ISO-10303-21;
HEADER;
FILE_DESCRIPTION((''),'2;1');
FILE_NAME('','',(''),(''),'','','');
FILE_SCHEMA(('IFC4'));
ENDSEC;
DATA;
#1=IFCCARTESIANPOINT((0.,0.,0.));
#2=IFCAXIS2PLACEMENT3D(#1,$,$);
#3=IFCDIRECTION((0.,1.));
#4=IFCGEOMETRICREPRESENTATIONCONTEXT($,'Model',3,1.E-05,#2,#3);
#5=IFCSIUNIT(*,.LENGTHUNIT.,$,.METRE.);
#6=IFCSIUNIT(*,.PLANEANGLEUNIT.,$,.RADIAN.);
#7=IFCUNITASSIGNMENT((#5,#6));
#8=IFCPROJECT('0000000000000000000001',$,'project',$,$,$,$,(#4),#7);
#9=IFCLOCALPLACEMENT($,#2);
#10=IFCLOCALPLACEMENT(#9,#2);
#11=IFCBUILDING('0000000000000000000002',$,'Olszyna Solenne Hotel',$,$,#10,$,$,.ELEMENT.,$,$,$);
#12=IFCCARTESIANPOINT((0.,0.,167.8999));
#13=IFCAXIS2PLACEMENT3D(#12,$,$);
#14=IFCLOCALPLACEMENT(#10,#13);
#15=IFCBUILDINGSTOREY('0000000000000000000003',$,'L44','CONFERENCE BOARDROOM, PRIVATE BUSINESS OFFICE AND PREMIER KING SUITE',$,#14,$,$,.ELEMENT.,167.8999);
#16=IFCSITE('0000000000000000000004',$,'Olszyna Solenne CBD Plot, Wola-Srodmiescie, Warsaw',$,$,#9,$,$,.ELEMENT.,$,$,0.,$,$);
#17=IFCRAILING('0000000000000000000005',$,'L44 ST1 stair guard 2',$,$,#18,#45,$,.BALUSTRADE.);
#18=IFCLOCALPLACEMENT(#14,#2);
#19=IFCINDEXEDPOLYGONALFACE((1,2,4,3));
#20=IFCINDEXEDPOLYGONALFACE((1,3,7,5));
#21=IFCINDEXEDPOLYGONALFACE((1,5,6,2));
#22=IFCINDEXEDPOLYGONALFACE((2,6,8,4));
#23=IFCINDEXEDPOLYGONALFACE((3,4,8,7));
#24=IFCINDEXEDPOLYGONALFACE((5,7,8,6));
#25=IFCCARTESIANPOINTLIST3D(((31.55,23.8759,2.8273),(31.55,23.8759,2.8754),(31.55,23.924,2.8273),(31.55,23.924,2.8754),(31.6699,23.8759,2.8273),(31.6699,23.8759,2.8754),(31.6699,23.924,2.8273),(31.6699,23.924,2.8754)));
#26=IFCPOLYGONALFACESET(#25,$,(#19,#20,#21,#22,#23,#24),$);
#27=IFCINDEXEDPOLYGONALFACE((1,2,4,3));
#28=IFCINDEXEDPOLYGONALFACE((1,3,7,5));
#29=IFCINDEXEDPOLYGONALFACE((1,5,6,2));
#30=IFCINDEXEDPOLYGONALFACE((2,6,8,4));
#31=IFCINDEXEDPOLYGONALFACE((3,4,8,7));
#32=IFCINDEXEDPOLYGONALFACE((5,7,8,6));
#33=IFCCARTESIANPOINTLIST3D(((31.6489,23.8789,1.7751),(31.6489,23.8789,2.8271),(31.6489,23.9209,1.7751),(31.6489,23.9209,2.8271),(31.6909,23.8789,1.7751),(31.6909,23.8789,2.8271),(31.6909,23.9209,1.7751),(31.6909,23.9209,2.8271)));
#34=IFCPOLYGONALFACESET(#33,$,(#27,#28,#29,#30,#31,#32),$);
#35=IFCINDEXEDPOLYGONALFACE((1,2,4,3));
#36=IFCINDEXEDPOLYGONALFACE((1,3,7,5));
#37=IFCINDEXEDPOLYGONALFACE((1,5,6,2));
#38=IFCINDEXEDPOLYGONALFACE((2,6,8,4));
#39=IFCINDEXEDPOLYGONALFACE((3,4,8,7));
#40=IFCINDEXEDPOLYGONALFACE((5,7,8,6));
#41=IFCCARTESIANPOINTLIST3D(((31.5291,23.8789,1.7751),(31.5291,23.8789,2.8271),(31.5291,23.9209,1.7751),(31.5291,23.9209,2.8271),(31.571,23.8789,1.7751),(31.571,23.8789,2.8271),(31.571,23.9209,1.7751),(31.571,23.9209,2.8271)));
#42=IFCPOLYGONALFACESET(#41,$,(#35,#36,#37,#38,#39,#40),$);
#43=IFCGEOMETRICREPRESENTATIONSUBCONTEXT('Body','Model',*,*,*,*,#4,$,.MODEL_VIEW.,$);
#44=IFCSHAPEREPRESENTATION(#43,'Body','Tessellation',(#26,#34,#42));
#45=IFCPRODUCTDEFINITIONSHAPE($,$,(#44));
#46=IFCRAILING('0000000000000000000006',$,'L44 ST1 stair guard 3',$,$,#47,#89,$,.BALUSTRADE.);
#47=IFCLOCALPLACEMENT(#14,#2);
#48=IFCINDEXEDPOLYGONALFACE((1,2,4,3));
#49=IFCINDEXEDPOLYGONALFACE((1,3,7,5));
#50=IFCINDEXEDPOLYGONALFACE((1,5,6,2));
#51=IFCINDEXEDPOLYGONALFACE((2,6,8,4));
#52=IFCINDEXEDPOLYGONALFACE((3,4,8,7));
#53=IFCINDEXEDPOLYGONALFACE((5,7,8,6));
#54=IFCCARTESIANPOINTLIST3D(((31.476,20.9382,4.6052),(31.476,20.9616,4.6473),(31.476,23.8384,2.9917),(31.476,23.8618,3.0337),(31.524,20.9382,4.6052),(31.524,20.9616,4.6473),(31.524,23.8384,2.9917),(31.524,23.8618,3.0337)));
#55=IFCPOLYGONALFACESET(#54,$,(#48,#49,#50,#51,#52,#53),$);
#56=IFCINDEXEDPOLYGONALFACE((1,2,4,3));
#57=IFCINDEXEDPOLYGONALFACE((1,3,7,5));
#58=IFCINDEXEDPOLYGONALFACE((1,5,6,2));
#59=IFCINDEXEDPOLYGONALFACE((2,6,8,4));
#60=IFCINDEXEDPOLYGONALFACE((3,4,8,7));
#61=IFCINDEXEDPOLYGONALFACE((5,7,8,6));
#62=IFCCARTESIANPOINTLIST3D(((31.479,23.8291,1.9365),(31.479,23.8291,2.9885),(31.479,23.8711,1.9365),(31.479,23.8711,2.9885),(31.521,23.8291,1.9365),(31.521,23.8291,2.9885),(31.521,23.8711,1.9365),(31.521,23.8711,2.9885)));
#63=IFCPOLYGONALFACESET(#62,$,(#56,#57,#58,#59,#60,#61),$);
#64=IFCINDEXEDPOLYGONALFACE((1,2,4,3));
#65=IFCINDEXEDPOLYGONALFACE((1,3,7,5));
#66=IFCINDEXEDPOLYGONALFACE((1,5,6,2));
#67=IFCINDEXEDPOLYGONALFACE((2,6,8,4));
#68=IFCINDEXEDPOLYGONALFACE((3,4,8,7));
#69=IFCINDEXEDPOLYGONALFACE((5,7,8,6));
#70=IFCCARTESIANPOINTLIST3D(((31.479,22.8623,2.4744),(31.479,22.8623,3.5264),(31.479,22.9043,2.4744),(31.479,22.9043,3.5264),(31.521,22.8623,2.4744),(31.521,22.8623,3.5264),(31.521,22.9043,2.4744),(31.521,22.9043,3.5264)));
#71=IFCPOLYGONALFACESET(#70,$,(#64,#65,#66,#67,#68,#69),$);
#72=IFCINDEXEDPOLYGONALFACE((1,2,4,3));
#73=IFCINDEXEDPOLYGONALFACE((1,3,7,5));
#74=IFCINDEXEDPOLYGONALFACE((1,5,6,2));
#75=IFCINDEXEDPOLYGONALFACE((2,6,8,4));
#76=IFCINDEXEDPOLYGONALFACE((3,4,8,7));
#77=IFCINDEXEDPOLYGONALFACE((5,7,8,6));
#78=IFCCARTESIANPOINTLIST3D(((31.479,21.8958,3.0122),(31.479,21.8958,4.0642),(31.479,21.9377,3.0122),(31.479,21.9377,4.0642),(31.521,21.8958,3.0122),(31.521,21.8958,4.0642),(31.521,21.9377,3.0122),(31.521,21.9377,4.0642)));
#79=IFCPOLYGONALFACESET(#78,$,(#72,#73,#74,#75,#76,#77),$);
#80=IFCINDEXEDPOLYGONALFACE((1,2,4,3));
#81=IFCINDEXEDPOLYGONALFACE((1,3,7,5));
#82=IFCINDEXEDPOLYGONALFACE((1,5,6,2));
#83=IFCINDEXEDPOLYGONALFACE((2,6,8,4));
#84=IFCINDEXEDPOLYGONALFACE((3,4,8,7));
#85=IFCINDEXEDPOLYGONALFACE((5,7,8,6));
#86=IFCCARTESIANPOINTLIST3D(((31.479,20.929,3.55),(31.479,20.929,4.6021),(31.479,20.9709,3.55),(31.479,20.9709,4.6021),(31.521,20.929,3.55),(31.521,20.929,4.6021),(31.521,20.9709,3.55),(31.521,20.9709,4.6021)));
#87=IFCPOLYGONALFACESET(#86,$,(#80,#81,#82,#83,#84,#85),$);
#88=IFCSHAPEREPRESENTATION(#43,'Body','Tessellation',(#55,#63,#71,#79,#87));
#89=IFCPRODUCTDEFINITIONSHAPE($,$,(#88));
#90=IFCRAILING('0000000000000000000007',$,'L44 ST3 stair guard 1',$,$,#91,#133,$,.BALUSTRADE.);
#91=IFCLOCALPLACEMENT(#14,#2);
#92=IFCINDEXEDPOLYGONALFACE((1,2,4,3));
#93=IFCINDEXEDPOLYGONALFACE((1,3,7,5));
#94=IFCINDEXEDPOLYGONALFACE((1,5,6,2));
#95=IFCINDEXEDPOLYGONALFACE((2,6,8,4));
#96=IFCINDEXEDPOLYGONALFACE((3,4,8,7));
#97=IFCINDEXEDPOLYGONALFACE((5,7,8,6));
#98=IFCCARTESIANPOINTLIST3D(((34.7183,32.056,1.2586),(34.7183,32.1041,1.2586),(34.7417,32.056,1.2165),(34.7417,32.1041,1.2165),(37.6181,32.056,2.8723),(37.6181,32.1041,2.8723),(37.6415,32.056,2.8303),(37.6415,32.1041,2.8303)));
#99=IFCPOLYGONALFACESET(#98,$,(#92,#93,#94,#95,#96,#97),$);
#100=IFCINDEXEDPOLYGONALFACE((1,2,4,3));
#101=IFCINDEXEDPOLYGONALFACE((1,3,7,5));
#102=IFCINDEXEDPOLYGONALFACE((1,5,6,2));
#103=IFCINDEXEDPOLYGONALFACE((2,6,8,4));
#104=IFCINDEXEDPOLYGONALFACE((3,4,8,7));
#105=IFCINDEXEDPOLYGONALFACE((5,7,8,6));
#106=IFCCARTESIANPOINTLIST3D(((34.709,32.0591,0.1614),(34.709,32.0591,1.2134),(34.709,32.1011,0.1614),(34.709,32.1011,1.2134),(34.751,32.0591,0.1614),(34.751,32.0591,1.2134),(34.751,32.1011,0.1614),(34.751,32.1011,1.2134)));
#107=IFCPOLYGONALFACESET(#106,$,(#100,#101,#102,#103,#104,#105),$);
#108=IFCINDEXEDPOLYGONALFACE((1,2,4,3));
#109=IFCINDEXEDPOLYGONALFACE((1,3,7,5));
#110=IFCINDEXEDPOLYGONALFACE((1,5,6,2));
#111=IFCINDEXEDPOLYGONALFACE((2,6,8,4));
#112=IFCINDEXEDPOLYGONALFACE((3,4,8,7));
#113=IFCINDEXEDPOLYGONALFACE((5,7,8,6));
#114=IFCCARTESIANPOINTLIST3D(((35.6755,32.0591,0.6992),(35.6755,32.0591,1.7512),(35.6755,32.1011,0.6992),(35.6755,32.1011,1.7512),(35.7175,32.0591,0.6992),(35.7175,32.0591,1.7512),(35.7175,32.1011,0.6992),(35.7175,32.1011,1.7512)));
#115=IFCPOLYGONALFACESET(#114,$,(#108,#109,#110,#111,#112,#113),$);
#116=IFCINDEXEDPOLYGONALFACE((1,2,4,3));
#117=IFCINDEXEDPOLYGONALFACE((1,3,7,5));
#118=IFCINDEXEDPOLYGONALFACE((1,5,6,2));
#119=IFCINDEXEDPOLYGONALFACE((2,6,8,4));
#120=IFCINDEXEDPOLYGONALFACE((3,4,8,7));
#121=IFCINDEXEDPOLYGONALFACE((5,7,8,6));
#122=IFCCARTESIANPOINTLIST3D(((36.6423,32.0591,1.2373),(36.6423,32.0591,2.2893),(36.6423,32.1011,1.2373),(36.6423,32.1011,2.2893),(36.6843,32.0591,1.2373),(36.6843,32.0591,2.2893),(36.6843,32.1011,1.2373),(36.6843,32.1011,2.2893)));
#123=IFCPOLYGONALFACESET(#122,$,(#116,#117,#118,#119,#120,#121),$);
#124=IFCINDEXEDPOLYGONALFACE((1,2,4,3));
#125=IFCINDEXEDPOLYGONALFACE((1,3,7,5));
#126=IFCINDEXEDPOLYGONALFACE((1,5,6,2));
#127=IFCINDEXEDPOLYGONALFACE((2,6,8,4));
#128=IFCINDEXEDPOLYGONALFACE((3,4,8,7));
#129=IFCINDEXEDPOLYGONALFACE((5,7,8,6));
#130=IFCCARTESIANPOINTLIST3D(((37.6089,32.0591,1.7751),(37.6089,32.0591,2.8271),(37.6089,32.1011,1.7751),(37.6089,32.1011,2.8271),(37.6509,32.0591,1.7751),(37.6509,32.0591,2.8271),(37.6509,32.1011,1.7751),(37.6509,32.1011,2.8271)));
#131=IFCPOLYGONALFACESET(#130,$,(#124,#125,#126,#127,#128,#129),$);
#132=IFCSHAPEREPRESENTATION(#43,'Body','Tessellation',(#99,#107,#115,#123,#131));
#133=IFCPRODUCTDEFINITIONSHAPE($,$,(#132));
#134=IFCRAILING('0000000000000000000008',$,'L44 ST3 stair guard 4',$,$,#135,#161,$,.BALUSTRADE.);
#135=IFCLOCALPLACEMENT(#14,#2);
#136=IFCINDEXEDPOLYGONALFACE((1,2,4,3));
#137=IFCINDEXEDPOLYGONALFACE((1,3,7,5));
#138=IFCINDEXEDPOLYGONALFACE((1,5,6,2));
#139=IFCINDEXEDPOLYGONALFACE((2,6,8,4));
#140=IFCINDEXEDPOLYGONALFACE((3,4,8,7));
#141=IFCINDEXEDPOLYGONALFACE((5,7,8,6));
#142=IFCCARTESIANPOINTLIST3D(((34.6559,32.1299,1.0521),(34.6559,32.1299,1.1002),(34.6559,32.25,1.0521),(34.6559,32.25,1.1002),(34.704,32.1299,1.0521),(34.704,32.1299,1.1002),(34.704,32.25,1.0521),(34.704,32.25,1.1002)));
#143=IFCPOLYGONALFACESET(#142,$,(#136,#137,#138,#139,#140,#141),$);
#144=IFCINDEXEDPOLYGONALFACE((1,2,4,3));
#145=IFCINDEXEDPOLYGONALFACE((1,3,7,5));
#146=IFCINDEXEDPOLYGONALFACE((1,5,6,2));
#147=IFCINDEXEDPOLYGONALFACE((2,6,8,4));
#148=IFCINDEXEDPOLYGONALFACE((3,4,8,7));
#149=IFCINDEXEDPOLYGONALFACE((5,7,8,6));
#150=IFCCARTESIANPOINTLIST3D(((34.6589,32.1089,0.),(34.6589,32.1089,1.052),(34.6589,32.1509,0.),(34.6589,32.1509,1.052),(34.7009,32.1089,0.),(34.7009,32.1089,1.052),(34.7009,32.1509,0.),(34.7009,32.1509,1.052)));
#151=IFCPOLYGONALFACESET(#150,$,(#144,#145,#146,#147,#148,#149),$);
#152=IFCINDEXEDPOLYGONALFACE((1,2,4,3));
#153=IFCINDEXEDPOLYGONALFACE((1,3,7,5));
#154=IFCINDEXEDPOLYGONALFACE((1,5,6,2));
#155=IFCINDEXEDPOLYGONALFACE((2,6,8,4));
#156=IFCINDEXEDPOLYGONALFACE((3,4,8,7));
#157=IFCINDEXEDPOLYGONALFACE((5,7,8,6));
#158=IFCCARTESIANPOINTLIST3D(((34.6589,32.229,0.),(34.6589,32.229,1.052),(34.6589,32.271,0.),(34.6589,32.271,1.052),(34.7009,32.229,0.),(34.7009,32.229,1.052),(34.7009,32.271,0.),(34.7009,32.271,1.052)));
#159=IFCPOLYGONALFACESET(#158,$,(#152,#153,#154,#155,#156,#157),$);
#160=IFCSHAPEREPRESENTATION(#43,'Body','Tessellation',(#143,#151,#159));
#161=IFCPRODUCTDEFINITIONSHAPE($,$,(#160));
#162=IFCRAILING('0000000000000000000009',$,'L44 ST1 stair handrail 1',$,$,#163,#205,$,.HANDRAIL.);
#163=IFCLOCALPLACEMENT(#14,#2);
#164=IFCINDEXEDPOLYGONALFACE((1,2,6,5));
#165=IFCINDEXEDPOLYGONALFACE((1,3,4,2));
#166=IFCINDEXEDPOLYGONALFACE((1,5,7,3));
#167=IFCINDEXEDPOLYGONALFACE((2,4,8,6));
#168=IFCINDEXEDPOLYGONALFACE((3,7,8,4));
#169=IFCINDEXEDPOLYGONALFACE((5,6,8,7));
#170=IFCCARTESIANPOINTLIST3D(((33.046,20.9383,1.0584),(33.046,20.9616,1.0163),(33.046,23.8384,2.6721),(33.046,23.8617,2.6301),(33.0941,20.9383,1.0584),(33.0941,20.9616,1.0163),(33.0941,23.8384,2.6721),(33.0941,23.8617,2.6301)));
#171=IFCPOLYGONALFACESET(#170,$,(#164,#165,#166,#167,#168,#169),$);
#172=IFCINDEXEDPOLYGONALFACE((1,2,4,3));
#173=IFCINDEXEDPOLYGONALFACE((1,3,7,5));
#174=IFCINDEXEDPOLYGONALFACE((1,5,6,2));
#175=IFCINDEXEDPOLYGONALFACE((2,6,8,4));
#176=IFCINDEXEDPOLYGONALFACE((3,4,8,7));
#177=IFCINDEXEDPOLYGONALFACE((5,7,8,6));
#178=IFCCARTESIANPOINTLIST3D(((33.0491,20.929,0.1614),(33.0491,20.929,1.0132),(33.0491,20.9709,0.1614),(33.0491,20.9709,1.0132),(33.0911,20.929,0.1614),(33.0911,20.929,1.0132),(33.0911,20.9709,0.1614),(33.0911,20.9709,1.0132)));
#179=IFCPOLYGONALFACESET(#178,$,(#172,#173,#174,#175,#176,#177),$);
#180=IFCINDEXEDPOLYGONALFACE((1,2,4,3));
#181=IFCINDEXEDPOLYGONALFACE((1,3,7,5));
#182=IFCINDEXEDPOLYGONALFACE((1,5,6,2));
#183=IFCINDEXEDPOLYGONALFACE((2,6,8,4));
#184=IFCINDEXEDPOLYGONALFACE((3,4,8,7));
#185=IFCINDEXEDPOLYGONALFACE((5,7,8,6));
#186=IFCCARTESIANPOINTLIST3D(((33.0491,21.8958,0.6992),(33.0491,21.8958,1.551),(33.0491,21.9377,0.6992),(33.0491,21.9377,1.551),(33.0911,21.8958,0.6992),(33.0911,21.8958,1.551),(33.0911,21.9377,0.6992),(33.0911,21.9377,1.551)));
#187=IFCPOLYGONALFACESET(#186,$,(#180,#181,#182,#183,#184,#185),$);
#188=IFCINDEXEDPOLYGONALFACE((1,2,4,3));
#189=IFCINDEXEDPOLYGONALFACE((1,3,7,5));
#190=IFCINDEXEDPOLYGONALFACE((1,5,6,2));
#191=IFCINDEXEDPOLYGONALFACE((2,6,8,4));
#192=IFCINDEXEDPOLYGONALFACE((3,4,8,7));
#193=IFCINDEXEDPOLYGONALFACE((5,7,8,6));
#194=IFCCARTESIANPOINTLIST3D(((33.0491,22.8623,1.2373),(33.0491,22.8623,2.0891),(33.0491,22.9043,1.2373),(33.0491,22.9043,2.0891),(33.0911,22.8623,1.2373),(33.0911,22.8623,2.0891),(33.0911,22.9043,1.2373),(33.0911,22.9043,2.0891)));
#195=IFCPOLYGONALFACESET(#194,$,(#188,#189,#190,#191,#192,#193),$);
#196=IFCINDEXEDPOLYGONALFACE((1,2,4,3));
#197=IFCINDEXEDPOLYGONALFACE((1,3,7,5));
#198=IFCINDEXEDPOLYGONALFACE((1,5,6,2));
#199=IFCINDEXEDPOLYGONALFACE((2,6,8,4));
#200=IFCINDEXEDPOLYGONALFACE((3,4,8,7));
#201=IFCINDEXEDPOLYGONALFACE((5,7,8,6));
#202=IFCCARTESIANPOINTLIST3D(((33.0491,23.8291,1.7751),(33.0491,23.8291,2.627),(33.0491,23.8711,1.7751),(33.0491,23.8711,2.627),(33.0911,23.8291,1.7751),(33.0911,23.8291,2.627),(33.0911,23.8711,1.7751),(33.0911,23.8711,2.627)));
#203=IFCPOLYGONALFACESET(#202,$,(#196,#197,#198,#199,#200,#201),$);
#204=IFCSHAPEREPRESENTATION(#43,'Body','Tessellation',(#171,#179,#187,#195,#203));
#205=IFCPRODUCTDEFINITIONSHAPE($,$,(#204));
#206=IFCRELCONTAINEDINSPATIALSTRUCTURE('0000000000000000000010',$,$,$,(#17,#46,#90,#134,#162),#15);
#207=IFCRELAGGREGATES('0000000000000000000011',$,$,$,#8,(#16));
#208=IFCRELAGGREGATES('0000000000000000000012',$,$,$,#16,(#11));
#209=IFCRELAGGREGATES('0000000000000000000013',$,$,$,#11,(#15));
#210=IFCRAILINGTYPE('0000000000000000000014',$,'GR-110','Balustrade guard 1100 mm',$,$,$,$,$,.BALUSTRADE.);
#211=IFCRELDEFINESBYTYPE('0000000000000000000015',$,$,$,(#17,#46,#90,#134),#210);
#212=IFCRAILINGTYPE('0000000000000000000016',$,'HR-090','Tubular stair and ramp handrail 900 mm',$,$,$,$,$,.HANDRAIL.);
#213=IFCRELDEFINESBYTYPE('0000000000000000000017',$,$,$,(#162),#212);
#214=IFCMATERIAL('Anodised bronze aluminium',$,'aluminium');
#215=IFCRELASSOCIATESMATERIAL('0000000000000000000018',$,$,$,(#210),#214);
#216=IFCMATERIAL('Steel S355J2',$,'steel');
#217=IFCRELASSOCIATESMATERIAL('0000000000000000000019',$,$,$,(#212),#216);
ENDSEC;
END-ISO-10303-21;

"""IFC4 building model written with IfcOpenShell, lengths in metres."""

from ifc_helpers import new_model, si_unit, direction, frame, origin, origin_2d, place, context, subcontext, project, spatial, rectangle, extrude, material, type_object, element, save


model = new_model("IFC4")

# Units and contexts
model_context = context("Model", 3, precision=1e-05, world=origin(), true_north=direction((0.0, 1.0)))
body_context = subcontext(model_context, "Body", "Model", "MODEL_VIEW")
ifc_project = project(units=[si_unit("LENGTHUNIT", "METRE"), si_unit("PLANEANGLEUNIT", "RADIAN")], contexts=[model_context])

# Site, building, storey
site_placement = place(None, origin())
site = spatial("IfcSite", under=ifc_project, at=site_placement, Name="Olszyna Solenne CBD Plot, Wola-Srodmiescie, Warsaw", CompositionType="ELEMENT", RefElevation=0.0)
building_placement = place(site_placement, origin())
building = spatial("IfcBuilding", under=site, at=building_placement, Name="Olszyna Solenne Hotel", CompositionType="ELEMENT")
storey_placement = place(building_placement, frame((0.0, 0.0, 167.8999)))
storey = spatial("IfcBuildingStorey", under=building, at=storey_placement, Name="L44", Description="CONFERENCE BOARDROOM, PRIVATE BUSINESS OFFICE AND PREMIER KING SUITE", CompositionType="ELEMENT", Elevation=167.8999)

# Shared definitions
ifc_material_1 = material(Name="Steel S355J2", Category="steel")

# Railings
ifc_material_2 = material(Name="Anodised bronze aluminium", Category="aluminium")
railing_type_1 = type_object("IfcRailingType", Name="GR-110", Description="Balustrade guard 1100 mm", PredefinedType="BALUSTRADE", material=ifc_material_2)
railing_1_placement = place(storey_placement, frame((31.6699, 23.8999, 1.7751)))
element("IfcRailing", 1, at=railing_1_placement, inside=storey, type_object=railing_type_1, Name="L44 ST1 stair guard 2", PredefinedType="BALUSTRADE", context=body_context, shape_type="SweptSolid", body=[
    extrude(rectangle(XDim=0.0481, YDim=0.0481, at=origin_2d()), frame((0.0, 0.0, 1.0762), z_axis=(-1.0, 0.0, 0.0), x_axis=(0.0, -1.0, 0.0)), (0.0, 0.0, 1.0), 0.1199),
    extrude(rectangle(XDim=0.042, YDim=0.042, at=origin_2d()), origin(), (0.0, 0.0, 1.0), 1.052),
    extrude(rectangle(XDim=0.042, YDim=0.042, at=origin_2d()), frame((-0.1199, 0.0, 0.0)), (0.0, 0.0, 1.0), 1.052),
])
railing_2_placement = place(storey_placement, frame((31.5, 23.8501, 1.9365)))
element("IfcRailing", 2, at=railing_2_placement, inside=storey, type_object=railing_type_1, Name="L44 ST1 stair guard 3", PredefinedType="BALUSTRADE", context=body_context, shape_type="SweptSolid", body=[
    extrude(rectangle(XDim=0.0481, YDim=0.0481, at=origin_2d()), frame((0.0, 0.0, 1.0762), z_axis=(0.0, -0.873859, 0.48618), x_axis=(1.0, 0.0, 0.0)), (0.0, 0.0, 1.0), 3.3188),
    extrude(rectangle(XDim=0.042, YDim=0.042, at=origin_2d()), origin(), (0.0, 0.0, 1.0), 1.052),
    extrude(rectangle(XDim=0.042, YDim=0.042, at=origin_2d()), frame((0.0, -0.9668, 0.5378)), (0.0, 0.0, 1.0), 1.052),
    extrude(rectangle(XDim=0.042, YDim=0.042, at=origin_2d()), frame((0.0, -1.9333, 1.0757)), (0.0, 0.0, 1.0), 1.052),
    extrude(rectangle(XDim=0.042, YDim=0.042, at=origin_2d()), frame((0.0, -2.9001, 1.6135)), (0.0, 0.0, 1.0), 1.052),
])
railing_3_placement = place(storey_placement, frame((34.73, 32.0801, 0.1614)))
element("IfcRailing", 3, at=railing_3_placement, inside=storey, type_object=railing_type_1, Name="L44 ST3 stair guard 1", PredefinedType="BALUSTRADE", context=body_context, shape_type="SweptSolid", body=[
    extrude(rectangle(XDim=0.0481, YDim=0.0481, at=origin_2d()), frame((0.0, 0.0, 1.0762), z_axis=(0.87381, 0.0, 0.486267), x_axis=(0.0, 1.0, 0.0)), (0.0, 0.0, 1.0), 3.3186),
    extrude(rectangle(XDim=0.042, YDim=0.042, at=origin_2d()), origin(), (0.0, 0.0, 1.0), 1.052),
    extrude(rectangle(XDim=0.042, YDim=0.042, at=origin_2d()), frame((0.9666, 0.0, 0.5378)), (0.0, 0.0, 1.0), 1.052),
    extrude(rectangle(XDim=0.042, YDim=0.042, at=origin_2d()), frame((1.9333, 0.0, 1.0759)), (0.0, 0.0, 1.0), 1.052),
    extrude(rectangle(XDim=0.042, YDim=0.042, at=origin_2d()), frame((2.8999, 0.0, 1.6138)), (0.0, 0.0, 1.0), 1.052),
])
railing_4_placement = place(storey_placement, frame((34.6799, 32.1299, 0.0)))
element("IfcRailing", 4, at=railing_4_placement, inside=storey, type_object=railing_type_1, Name="L44 ST3 stair guard 4", PredefinedType="BALUSTRADE", context=body_context, shape_type="SweptSolid", body=[
    extrude(rectangle(XDim=0.0481, YDim=0.0481, at=origin_2d()), frame((0.0, 0.0, 1.0762), z_axis=(0.0, 1.0, 0.0), x_axis=(-1.0, 0.0, 0.0)), (0.0, 0.0, 1.0), 0.1201),
    extrude(rectangle(XDim=0.042, YDim=0.042, at=origin_2d()), origin(), (0.0, 0.0, 1.0), 1.052),
    extrude(rectangle(XDim=0.042, YDim=0.042, at=origin_2d()), frame((0.0, 0.1201, 0.0)), (0.0, 0.0, 1.0), 1.052),
])
railing_type_2 = type_object("IfcRailingType", Name="HR-090", Description="Tubular stair and ramp handrail 900 mm", PredefinedType="HANDRAIL", material=ifc_material_1)
railing_5_placement = place(storey_placement, frame((33.0701, 20.95, 0.1614)))
element("IfcRailing", 5, at=railing_5_placement, inside=storey, type_object=railing_type_2, Name="L44 ST1 stair handrail 1", PredefinedType="HANDRAIL", context=body_context, shape_type="SweptSolid", body=[
    extrude(rectangle(XDim=0.0481, YDim=0.0481, at=origin_2d()), frame((0.0, 0.0, 0.876), z_axis=(0.0, 0.873827, 0.486236), x_axis=(-1.0, 0.0, 0.0)), (0.0, 0.0, 1.0), 3.3188),
    extrude(rectangle(XDim=0.042, YDim=0.042, at=origin_2d()), origin(), (0.0, 0.0, 1.0), 0.8518),
    extrude(rectangle(XDim=0.042, YDim=0.042, at=origin_2d()), frame((0.0, 0.9668, 0.5378)), (0.0, 0.0, 1.0), 0.8518),
    extrude(rectangle(XDim=0.042, YDim=0.042, at=origin_2d()), frame((0.0, 1.9333, 1.0759)), (0.0, 0.0, 1.0), 0.8518),
    extrude(rectangle(XDim=0.042, YDim=0.042, at=origin_2d()), frame((0.0, 2.9001, 1.6138)), (0.0, 0.0, 1.0), 0.8518),
])

save(model, "model.ifc")
